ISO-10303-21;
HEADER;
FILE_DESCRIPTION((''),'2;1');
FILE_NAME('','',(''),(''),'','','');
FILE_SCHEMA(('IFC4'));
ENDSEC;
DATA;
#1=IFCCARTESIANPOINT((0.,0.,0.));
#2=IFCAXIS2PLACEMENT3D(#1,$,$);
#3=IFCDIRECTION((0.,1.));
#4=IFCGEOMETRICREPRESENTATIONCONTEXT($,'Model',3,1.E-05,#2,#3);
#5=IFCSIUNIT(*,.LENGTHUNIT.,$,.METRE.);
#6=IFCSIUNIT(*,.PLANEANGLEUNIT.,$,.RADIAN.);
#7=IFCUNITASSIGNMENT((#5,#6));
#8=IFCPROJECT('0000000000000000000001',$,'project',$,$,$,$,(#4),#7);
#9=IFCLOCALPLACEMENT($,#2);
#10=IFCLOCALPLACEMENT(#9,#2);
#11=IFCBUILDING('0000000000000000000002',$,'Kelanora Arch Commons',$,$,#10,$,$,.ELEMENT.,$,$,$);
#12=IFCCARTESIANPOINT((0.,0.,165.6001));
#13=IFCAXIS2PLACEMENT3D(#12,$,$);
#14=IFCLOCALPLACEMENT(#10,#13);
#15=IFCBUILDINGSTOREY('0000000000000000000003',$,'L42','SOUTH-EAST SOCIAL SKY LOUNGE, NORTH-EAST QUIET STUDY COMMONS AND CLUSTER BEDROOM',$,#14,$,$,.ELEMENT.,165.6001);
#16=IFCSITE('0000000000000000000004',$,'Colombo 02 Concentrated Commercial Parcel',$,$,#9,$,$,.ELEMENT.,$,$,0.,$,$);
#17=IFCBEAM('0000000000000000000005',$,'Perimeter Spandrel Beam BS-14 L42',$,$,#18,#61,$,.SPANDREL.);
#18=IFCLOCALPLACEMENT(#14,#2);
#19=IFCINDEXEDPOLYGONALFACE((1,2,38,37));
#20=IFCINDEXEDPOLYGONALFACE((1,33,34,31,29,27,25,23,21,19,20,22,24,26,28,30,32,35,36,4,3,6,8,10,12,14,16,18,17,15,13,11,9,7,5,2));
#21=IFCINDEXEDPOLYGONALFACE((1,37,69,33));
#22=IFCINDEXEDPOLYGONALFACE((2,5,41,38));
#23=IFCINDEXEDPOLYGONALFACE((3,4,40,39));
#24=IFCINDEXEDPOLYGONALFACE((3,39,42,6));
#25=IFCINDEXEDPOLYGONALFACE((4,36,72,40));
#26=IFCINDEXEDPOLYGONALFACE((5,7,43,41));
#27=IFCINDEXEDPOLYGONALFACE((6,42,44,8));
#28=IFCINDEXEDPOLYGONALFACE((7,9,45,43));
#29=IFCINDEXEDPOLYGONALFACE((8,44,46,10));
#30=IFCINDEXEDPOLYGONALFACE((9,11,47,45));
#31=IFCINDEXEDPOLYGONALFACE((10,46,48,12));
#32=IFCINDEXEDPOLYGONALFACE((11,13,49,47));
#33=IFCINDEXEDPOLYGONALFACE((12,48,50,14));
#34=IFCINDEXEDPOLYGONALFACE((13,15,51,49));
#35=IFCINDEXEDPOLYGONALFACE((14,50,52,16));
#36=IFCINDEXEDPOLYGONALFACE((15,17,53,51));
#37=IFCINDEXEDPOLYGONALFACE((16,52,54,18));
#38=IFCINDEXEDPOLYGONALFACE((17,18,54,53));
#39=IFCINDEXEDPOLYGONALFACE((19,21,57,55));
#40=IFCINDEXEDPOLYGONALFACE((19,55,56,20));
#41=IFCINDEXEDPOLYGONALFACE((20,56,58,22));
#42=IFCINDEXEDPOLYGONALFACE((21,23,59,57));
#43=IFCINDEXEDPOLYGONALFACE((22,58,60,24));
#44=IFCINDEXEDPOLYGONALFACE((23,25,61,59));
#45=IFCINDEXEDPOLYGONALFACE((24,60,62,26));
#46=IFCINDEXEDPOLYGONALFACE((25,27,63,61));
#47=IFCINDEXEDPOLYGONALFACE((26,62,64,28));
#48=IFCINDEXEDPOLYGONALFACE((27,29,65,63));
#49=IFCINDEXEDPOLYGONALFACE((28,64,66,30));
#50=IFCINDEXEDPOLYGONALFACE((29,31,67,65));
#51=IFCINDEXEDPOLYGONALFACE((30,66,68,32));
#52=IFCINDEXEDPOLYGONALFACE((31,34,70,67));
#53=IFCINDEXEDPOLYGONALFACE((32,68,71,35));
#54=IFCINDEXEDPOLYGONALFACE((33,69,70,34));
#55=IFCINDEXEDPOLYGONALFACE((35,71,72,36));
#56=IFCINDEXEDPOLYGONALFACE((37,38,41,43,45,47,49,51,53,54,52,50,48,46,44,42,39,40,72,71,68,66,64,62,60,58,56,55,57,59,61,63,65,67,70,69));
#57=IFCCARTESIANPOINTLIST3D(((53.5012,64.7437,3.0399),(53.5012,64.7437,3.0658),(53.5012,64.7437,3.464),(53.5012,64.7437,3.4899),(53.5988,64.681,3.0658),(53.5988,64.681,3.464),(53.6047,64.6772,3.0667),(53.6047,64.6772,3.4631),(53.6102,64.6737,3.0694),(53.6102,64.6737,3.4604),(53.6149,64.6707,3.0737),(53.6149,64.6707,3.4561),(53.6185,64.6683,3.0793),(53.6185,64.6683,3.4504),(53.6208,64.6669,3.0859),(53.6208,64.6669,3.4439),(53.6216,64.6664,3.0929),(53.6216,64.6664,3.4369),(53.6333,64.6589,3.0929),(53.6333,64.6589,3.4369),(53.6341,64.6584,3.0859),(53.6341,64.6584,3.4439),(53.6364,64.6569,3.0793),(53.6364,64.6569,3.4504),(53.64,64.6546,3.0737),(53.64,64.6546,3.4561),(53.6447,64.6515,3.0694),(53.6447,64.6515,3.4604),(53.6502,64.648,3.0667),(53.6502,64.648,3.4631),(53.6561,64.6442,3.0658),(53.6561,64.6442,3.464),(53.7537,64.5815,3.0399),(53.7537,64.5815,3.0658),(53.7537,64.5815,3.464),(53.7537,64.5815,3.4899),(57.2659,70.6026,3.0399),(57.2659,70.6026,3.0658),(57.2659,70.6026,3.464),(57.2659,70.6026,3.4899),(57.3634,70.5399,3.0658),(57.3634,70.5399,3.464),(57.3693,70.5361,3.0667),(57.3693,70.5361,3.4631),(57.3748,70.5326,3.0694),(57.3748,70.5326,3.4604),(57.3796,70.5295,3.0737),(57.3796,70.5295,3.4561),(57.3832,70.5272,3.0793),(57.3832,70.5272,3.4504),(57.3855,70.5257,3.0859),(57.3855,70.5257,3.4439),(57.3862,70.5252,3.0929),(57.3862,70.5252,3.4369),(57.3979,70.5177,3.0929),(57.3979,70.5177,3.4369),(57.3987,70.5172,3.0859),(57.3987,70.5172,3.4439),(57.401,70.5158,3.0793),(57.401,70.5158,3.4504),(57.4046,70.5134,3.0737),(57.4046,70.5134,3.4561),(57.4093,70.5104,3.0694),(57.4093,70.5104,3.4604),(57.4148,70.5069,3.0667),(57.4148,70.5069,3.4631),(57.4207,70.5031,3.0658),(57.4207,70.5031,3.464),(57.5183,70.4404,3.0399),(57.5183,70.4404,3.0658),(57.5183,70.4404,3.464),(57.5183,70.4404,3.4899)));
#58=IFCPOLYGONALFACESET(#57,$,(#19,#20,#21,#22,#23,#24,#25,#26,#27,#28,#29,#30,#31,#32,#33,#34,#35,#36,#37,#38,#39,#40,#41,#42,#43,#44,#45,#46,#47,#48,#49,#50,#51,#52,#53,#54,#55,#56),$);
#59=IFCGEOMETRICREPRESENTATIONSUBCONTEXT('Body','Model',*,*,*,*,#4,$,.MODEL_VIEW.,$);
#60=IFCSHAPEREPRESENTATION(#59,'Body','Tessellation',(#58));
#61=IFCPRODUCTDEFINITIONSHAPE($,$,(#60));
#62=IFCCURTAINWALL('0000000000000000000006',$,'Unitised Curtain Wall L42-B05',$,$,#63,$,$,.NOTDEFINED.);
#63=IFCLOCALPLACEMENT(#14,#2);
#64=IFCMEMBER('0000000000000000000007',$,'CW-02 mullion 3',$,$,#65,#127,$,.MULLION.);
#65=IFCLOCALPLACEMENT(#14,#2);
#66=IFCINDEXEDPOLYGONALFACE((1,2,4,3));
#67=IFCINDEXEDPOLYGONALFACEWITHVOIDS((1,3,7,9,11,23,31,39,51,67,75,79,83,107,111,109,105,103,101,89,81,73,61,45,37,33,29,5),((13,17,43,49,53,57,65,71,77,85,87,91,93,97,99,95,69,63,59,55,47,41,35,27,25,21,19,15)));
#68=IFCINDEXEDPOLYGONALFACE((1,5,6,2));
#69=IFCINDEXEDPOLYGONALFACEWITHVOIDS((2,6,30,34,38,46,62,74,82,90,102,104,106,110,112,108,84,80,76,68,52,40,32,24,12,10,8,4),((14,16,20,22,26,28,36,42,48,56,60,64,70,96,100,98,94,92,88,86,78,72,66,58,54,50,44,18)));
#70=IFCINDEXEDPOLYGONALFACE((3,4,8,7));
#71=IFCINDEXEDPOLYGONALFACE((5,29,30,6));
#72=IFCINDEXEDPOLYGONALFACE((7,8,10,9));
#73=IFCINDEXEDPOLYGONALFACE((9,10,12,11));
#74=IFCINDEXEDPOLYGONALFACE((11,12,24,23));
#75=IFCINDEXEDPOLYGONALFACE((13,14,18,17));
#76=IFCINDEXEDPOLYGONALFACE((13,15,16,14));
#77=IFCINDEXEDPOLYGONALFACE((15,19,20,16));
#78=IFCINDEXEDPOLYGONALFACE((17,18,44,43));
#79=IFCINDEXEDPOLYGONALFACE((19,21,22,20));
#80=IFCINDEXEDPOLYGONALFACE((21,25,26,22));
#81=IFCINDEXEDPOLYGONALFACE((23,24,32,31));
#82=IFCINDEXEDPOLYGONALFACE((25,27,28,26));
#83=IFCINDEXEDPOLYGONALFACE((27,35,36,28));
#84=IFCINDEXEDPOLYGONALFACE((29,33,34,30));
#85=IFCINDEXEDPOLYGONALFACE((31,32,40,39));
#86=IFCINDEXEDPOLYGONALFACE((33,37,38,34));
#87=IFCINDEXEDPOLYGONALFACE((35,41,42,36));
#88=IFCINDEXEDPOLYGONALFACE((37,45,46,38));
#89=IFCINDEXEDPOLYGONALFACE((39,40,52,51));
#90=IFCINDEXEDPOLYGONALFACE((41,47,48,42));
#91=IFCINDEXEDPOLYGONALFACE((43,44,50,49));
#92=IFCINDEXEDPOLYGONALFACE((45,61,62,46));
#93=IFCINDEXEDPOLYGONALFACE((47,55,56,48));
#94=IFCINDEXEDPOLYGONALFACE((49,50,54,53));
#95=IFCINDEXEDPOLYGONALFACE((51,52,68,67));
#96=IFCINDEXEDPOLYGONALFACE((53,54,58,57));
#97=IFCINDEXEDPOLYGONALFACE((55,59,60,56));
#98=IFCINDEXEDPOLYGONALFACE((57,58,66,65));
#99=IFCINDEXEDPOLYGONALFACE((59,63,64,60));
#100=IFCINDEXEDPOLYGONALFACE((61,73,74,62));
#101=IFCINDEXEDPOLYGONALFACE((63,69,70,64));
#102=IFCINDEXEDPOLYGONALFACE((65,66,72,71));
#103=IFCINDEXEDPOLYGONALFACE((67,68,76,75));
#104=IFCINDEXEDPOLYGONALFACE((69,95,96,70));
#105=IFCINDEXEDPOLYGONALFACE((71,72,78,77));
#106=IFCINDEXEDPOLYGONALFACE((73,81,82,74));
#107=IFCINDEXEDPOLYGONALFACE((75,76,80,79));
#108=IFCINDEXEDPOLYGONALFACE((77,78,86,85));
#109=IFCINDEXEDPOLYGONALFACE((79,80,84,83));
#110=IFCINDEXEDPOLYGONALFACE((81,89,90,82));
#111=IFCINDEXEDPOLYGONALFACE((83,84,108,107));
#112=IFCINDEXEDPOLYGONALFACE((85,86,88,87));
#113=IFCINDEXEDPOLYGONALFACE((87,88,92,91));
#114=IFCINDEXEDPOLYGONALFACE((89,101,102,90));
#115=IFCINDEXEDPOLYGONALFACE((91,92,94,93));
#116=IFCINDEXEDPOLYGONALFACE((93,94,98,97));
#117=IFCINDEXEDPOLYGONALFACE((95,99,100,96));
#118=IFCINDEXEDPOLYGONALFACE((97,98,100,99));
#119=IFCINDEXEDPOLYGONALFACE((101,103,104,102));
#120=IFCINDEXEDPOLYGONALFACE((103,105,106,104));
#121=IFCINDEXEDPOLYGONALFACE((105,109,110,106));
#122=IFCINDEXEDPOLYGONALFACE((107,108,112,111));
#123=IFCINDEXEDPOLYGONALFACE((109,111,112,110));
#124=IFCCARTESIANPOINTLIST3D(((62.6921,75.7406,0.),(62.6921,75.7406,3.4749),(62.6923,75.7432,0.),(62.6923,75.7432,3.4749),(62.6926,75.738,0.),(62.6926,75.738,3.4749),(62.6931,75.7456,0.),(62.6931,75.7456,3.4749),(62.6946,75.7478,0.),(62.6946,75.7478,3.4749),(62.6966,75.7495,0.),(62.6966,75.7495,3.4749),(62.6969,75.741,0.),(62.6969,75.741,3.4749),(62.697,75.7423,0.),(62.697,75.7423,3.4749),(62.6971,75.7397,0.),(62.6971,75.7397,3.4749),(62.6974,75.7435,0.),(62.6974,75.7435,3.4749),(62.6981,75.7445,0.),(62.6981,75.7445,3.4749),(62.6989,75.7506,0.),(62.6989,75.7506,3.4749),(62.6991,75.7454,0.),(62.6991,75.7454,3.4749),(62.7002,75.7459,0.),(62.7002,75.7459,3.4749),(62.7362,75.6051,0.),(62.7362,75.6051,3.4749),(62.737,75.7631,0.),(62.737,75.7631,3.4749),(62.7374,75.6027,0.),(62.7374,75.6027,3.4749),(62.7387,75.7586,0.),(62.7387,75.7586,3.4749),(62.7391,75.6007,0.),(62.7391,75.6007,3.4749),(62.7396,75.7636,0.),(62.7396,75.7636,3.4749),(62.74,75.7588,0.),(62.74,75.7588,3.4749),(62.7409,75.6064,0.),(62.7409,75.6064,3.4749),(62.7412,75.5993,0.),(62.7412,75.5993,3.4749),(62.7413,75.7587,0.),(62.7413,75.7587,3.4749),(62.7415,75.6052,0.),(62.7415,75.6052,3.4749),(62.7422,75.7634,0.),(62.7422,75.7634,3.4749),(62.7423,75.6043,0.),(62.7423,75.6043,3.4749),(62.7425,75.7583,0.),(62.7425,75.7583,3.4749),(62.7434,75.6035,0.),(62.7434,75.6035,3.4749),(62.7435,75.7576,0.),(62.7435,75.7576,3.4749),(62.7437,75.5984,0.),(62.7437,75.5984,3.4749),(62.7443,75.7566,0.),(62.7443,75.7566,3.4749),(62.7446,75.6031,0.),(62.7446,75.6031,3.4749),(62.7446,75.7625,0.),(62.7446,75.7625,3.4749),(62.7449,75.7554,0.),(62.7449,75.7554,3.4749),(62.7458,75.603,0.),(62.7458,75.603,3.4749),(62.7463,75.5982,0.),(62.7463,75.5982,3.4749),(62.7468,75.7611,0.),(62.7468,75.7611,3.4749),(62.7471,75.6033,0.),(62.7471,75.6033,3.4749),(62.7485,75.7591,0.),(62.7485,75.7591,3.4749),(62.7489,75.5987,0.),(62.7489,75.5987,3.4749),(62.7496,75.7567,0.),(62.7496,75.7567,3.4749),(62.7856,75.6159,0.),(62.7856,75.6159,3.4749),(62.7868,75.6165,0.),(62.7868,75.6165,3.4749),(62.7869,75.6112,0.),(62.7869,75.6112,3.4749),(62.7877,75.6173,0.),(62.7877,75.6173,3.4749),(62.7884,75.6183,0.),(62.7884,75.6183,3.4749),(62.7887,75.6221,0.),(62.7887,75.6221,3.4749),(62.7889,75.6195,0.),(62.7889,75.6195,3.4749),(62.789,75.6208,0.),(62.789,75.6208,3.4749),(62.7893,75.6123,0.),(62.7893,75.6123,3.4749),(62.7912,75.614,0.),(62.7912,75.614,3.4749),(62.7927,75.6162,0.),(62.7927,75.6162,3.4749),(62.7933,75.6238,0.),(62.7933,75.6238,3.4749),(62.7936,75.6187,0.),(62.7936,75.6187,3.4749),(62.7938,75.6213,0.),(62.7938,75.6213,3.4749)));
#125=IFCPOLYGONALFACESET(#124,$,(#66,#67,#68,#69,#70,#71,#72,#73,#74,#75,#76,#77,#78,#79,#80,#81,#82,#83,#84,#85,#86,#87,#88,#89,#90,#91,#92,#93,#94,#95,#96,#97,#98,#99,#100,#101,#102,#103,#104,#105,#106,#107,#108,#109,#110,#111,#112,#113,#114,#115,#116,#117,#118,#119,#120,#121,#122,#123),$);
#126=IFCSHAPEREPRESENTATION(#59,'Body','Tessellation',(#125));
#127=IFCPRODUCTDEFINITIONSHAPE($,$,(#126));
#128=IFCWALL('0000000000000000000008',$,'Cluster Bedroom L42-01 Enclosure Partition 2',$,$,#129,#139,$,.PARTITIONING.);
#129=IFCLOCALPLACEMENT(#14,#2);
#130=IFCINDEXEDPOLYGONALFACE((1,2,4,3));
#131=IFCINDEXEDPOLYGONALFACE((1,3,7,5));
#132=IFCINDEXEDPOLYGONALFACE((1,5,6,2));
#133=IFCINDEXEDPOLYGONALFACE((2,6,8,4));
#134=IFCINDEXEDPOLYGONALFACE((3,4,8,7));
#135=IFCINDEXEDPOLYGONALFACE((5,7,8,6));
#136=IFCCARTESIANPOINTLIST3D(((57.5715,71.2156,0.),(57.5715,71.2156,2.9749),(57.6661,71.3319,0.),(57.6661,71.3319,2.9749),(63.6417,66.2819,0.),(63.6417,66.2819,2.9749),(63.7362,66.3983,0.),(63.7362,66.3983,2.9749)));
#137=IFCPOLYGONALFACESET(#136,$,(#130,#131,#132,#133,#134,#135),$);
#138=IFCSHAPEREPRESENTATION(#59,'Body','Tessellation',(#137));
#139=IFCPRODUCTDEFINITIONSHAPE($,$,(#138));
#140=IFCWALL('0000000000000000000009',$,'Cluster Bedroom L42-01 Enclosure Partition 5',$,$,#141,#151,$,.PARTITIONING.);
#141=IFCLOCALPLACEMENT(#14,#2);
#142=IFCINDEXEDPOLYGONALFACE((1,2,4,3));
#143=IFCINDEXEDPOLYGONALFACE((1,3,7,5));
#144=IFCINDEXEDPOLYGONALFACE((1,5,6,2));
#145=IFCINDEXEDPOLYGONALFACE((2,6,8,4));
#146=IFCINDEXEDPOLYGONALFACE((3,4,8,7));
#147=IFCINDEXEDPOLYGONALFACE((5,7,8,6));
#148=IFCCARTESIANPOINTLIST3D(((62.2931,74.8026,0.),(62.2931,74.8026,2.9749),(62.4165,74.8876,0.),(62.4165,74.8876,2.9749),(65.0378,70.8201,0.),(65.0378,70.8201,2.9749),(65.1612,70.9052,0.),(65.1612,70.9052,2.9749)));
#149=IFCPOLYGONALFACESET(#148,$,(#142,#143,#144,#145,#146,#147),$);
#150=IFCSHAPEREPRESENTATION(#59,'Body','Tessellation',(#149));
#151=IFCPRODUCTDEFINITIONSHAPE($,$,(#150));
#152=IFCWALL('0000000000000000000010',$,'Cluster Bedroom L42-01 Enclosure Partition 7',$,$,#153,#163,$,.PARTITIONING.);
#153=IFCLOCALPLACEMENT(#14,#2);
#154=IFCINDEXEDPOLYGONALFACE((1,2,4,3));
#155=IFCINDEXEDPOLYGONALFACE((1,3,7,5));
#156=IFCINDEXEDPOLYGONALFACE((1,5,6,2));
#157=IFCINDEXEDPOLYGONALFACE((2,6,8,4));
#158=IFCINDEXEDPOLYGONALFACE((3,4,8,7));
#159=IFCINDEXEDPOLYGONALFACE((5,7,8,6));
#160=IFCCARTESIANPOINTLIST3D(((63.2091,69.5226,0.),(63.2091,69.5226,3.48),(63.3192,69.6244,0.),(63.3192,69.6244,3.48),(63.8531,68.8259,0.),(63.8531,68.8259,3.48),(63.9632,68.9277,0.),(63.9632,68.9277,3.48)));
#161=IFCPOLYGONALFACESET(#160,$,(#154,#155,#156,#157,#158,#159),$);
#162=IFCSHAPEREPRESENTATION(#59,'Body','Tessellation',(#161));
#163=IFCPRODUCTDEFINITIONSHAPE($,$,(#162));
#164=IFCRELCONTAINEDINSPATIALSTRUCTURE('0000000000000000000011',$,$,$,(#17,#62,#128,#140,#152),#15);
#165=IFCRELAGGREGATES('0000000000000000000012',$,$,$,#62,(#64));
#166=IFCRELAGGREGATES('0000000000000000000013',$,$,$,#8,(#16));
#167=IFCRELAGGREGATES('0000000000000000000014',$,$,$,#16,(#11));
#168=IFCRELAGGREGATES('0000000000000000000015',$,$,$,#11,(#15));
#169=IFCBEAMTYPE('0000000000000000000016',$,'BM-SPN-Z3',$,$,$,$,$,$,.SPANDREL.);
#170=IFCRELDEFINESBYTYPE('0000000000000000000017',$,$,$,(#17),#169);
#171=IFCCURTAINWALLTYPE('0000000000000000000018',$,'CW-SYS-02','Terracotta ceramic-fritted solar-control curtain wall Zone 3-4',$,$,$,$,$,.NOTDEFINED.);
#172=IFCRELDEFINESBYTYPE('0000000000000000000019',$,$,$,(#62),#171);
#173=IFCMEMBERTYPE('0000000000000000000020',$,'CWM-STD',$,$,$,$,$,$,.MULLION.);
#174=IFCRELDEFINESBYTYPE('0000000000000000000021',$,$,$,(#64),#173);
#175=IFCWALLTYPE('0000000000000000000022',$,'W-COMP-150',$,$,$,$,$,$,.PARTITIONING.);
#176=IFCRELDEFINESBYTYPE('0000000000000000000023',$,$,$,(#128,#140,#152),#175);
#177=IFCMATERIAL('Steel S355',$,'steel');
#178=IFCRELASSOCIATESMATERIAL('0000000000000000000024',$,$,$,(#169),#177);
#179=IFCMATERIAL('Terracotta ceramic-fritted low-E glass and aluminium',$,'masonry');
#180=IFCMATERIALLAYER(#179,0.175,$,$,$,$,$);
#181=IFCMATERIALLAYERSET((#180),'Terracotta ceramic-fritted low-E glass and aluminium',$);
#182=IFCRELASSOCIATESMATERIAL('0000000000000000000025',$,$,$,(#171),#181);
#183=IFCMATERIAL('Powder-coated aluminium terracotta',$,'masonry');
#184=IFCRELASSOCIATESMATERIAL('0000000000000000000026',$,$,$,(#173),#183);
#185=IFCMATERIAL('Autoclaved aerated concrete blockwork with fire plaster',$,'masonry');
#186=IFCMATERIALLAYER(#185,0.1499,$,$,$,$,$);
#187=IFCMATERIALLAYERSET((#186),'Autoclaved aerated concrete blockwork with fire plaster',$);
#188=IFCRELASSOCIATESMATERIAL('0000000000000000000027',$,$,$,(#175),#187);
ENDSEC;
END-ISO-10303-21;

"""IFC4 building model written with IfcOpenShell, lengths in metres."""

from ifc_helpers import new_model, si_unit, direction, frame, frame_2d, origin, origin_2d, place, context, subcontext, project, spatial, rectangle, hollow_rectangle, i_section, extrude, material, layer, layer_set, material_profile, profile_set, type_object, element, aggregate, save


model = new_model("IFC4")

# Units and contexts
model_context = context("Model", 3, precision=1e-05, world=origin(), true_north=direction((0.0, 1.0)))
body_context = subcontext(model_context, "Body", "Model", "MODEL_VIEW")
ifc_project = project(units=[si_unit("LENGTHUNIT", "METRE"), si_unit("PLANEANGLEUNIT", "RADIAN")], contexts=[model_context])

# Site, building, storey
site_placement = place(None, origin())
site = spatial("IfcSite", under=ifc_project, at=site_placement, Name="Colombo 02 Concentrated Commercial Parcel", CompositionType="ELEMENT", RefElevation=0.0)
building_placement = place(site_placement, origin())
building = spatial("IfcBuilding", under=site, at=building_placement, Name="Kelanora Arch Commons", CompositionType="ELEMENT")
storey_placement = place(building_placement, frame((0.0, 0.0, 165.6001)))
storey = spatial("IfcBuildingStorey", under=building, at=storey_placement, Name="L42", Description="SOUTH-EAST SOCIAL SKY LOUNGE, NORTH-EAST QUIET STUDY COMMONS AND CLUSTER BEDROOM", CompositionType="ELEMENT", Elevation=165.6001)

# Beam
ifc_material_1 = material(Name="Steel S355", Category="steel")
ifc_material_profile_1 = material_profile(ifc_material_1, i_section(OverallWidth=0.3, OverallDepth=0.45, WebThickness=0.0139, FlangeThickness=0.0259, FilletRadius=0.0271, at=origin_2d()), Name="HEB450")
ifc_profile_set_1 = profile_set([ifc_material_profile_1], Name="Steel S355")
beam_type_1 = type_object("IfcBeamType", Name="BM-SPN-Z3", PredefinedType="SPANDREL", material=ifc_profile_set_1)
beam_1_placement = place(storey_placement, frame((57.3921, 70.5215, 3.2649), z_axis=(-0.540577, -0.841295, 0.0), x_axis=(0.841295, -0.540577, 0.0)))
element("IfcBeam", 1, at=beam_1_placement, inside=storey, type_object=beam_type_1, Name="Perimeter Spandrel Beam BS-14 L42", PredefinedType="SPANDREL", context=body_context, shape_type="SweptSolid", body=[
    extrude(i_section(OverallWidth=0.3, OverallDepth=0.45, WebThickness=0.0139, FlangeThickness=0.0259, FilletRadius=0.0271, at=origin_2d()), origin(), (0.0, 0.0, 1.0), 6.9641),
])

# Curtain wall, member
ifc_material_2 = material(Name="Terracotta ceramic-fritted low-E glass and aluminium", Category="masonry")
ifc_layer_1 = layer(ifc_material_2, 0.175)
ifc_layer_set_1 = layer_set([ifc_layer_1], Name="Terracotta ceramic-fritted low-E glass and aluminium")
curtain_wall_type = type_object("IfcCurtainWallType", Name="CW-SYS-02", Description="Terracotta ceramic-fritted solar-control curtain wall Zone 3-4", PredefinedType="NOTDEFINED", material=ifc_layer_set_1)
curtain_wall_placement = place(storey_placement, origin())
curtain_wall = element("IfcCurtainWall", 2, at=curtain_wall_placement, inside=storey, type_object=curtain_wall_type, Name="Unitised Curtain Wall L42-B05", PredefinedType="NOTDEFINED")
ifc_material_3 = material(Name="Powder-coated aluminium terracotta", Category="masonry")
ifc_material_profile_2 = material_profile(ifc_material_3, hollow_rectangle(XDim=0.1599, YDim=0.0601, WallThickness=0.0049, InnerFilletRadius=0.0049, OuterFilletRadius=0.01, at=origin_2d()), Name="CWM160x60")
ifc_profile_set_2 = profile_set([ifc_material_profile_2], Name="Powder-coated aluminium terracotta")
member_type = type_object("IfcMemberType", Name="CWM-STD", PredefinedType="MULLION", material=ifc_profile_set_2)
member_placement = place(storey_placement, frame((62.7429, 75.6809, 0.0), z_axis=(0.0, 0.0, 1.0), x_axis=(0.312128, -0.95004, 0.0)))
member = element("IfcMember", 3, at=member_placement, type_object=member_type, Name="CW-02 mullion 3", PredefinedType="MULLION", context=body_context, shape_type="SweptSolid", body=[
    extrude(hollow_rectangle(XDim=0.1599, YDim=0.0601, WallThickness=0.0049, InnerFilletRadius=0.0049, OuterFilletRadius=0.01, at=origin_2d()), origin(), (0.0, 0.0, 1.0), 3.4749),
])
aggregate(curtain_wall, [member])

# Walls
ifc_material_4 = material(Name="Autoclaved aerated concrete blockwork with fire plaster", Category="masonry")
ifc_layer_2 = layer(ifc_material_4, 0.1499)
ifc_layer_set_2 = layer_set([ifc_layer_2], Name="Autoclaved aerated concrete blockwork with fire plaster")
wall_type_1 = type_object("IfcWallType", Name="W-COMP-150", PredefinedType="PARTITIONING", material=ifc_layer_set_2)
wall_1_placement = place(storey_placement, frame((63.689, 66.3401, 0.0), z_axis=(0.0, 0.0, 1.0), x_axis=(-0.77601, 0.630721, 0.0)))
element("IfcWall", 4, at=wall_1_placement, inside=storey, type_object=wall_type_1, Name="Cluster Bedroom L42-01 Enclosure Partition 2", PredefinedType="PARTITIONING", context=body_context, shape_type="SweptSolid", body=[
    extrude(rectangle(XDim=7.8223, YDim=0.1499, at=frame_2d((3.9111, 0.0))), origin(), (0.0, 0.0, 1.0), 2.9749),
])
wall_2_placement = place(storey_placement, frame((62.3547, 74.8452, 0.0), z_axis=(0.0, 0.0, 1.0), x_axis=(0.567471, -0.823393, 0.0)))
element("IfcWall", 5, at=wall_2_placement, inside=storey, type_object=wall_type_1, Name="Cluster Bedroom L42-01 Enclosure Partition 5", PredefinedType="PARTITIONING", context=body_context, shape_type="SweptSolid", body=[
    extrude(rectangle(XDim=4.8367, YDim=0.1499, at=frame_2d((2.4185, 0.0))), origin(), (0.0, 0.0, 1.0), 2.9749),
])
wall_3_placement = place(storey_placement, frame((63.2642, 69.5735, 0.0), z_axis=(0.0, 0.0, 1.0), x_axis=(0.678772, -0.73435, 0.0)))
element("IfcWall", 6, at=wall_3_placement, inside=storey, type_object=wall_type_1, Name="Cluster Bedroom L42-01 Enclosure Partition 7", PredefinedType="PARTITIONING", context=body_context, shape_type="SweptSolid", body=[
    extrude(rectangle(XDim=0.9487, YDim=0.1499, at=frame_2d((0.4744, 0.0))), origin(), (0.0, 0.0, 1.0), 3.48),
])

save(model, "model.ifc")
